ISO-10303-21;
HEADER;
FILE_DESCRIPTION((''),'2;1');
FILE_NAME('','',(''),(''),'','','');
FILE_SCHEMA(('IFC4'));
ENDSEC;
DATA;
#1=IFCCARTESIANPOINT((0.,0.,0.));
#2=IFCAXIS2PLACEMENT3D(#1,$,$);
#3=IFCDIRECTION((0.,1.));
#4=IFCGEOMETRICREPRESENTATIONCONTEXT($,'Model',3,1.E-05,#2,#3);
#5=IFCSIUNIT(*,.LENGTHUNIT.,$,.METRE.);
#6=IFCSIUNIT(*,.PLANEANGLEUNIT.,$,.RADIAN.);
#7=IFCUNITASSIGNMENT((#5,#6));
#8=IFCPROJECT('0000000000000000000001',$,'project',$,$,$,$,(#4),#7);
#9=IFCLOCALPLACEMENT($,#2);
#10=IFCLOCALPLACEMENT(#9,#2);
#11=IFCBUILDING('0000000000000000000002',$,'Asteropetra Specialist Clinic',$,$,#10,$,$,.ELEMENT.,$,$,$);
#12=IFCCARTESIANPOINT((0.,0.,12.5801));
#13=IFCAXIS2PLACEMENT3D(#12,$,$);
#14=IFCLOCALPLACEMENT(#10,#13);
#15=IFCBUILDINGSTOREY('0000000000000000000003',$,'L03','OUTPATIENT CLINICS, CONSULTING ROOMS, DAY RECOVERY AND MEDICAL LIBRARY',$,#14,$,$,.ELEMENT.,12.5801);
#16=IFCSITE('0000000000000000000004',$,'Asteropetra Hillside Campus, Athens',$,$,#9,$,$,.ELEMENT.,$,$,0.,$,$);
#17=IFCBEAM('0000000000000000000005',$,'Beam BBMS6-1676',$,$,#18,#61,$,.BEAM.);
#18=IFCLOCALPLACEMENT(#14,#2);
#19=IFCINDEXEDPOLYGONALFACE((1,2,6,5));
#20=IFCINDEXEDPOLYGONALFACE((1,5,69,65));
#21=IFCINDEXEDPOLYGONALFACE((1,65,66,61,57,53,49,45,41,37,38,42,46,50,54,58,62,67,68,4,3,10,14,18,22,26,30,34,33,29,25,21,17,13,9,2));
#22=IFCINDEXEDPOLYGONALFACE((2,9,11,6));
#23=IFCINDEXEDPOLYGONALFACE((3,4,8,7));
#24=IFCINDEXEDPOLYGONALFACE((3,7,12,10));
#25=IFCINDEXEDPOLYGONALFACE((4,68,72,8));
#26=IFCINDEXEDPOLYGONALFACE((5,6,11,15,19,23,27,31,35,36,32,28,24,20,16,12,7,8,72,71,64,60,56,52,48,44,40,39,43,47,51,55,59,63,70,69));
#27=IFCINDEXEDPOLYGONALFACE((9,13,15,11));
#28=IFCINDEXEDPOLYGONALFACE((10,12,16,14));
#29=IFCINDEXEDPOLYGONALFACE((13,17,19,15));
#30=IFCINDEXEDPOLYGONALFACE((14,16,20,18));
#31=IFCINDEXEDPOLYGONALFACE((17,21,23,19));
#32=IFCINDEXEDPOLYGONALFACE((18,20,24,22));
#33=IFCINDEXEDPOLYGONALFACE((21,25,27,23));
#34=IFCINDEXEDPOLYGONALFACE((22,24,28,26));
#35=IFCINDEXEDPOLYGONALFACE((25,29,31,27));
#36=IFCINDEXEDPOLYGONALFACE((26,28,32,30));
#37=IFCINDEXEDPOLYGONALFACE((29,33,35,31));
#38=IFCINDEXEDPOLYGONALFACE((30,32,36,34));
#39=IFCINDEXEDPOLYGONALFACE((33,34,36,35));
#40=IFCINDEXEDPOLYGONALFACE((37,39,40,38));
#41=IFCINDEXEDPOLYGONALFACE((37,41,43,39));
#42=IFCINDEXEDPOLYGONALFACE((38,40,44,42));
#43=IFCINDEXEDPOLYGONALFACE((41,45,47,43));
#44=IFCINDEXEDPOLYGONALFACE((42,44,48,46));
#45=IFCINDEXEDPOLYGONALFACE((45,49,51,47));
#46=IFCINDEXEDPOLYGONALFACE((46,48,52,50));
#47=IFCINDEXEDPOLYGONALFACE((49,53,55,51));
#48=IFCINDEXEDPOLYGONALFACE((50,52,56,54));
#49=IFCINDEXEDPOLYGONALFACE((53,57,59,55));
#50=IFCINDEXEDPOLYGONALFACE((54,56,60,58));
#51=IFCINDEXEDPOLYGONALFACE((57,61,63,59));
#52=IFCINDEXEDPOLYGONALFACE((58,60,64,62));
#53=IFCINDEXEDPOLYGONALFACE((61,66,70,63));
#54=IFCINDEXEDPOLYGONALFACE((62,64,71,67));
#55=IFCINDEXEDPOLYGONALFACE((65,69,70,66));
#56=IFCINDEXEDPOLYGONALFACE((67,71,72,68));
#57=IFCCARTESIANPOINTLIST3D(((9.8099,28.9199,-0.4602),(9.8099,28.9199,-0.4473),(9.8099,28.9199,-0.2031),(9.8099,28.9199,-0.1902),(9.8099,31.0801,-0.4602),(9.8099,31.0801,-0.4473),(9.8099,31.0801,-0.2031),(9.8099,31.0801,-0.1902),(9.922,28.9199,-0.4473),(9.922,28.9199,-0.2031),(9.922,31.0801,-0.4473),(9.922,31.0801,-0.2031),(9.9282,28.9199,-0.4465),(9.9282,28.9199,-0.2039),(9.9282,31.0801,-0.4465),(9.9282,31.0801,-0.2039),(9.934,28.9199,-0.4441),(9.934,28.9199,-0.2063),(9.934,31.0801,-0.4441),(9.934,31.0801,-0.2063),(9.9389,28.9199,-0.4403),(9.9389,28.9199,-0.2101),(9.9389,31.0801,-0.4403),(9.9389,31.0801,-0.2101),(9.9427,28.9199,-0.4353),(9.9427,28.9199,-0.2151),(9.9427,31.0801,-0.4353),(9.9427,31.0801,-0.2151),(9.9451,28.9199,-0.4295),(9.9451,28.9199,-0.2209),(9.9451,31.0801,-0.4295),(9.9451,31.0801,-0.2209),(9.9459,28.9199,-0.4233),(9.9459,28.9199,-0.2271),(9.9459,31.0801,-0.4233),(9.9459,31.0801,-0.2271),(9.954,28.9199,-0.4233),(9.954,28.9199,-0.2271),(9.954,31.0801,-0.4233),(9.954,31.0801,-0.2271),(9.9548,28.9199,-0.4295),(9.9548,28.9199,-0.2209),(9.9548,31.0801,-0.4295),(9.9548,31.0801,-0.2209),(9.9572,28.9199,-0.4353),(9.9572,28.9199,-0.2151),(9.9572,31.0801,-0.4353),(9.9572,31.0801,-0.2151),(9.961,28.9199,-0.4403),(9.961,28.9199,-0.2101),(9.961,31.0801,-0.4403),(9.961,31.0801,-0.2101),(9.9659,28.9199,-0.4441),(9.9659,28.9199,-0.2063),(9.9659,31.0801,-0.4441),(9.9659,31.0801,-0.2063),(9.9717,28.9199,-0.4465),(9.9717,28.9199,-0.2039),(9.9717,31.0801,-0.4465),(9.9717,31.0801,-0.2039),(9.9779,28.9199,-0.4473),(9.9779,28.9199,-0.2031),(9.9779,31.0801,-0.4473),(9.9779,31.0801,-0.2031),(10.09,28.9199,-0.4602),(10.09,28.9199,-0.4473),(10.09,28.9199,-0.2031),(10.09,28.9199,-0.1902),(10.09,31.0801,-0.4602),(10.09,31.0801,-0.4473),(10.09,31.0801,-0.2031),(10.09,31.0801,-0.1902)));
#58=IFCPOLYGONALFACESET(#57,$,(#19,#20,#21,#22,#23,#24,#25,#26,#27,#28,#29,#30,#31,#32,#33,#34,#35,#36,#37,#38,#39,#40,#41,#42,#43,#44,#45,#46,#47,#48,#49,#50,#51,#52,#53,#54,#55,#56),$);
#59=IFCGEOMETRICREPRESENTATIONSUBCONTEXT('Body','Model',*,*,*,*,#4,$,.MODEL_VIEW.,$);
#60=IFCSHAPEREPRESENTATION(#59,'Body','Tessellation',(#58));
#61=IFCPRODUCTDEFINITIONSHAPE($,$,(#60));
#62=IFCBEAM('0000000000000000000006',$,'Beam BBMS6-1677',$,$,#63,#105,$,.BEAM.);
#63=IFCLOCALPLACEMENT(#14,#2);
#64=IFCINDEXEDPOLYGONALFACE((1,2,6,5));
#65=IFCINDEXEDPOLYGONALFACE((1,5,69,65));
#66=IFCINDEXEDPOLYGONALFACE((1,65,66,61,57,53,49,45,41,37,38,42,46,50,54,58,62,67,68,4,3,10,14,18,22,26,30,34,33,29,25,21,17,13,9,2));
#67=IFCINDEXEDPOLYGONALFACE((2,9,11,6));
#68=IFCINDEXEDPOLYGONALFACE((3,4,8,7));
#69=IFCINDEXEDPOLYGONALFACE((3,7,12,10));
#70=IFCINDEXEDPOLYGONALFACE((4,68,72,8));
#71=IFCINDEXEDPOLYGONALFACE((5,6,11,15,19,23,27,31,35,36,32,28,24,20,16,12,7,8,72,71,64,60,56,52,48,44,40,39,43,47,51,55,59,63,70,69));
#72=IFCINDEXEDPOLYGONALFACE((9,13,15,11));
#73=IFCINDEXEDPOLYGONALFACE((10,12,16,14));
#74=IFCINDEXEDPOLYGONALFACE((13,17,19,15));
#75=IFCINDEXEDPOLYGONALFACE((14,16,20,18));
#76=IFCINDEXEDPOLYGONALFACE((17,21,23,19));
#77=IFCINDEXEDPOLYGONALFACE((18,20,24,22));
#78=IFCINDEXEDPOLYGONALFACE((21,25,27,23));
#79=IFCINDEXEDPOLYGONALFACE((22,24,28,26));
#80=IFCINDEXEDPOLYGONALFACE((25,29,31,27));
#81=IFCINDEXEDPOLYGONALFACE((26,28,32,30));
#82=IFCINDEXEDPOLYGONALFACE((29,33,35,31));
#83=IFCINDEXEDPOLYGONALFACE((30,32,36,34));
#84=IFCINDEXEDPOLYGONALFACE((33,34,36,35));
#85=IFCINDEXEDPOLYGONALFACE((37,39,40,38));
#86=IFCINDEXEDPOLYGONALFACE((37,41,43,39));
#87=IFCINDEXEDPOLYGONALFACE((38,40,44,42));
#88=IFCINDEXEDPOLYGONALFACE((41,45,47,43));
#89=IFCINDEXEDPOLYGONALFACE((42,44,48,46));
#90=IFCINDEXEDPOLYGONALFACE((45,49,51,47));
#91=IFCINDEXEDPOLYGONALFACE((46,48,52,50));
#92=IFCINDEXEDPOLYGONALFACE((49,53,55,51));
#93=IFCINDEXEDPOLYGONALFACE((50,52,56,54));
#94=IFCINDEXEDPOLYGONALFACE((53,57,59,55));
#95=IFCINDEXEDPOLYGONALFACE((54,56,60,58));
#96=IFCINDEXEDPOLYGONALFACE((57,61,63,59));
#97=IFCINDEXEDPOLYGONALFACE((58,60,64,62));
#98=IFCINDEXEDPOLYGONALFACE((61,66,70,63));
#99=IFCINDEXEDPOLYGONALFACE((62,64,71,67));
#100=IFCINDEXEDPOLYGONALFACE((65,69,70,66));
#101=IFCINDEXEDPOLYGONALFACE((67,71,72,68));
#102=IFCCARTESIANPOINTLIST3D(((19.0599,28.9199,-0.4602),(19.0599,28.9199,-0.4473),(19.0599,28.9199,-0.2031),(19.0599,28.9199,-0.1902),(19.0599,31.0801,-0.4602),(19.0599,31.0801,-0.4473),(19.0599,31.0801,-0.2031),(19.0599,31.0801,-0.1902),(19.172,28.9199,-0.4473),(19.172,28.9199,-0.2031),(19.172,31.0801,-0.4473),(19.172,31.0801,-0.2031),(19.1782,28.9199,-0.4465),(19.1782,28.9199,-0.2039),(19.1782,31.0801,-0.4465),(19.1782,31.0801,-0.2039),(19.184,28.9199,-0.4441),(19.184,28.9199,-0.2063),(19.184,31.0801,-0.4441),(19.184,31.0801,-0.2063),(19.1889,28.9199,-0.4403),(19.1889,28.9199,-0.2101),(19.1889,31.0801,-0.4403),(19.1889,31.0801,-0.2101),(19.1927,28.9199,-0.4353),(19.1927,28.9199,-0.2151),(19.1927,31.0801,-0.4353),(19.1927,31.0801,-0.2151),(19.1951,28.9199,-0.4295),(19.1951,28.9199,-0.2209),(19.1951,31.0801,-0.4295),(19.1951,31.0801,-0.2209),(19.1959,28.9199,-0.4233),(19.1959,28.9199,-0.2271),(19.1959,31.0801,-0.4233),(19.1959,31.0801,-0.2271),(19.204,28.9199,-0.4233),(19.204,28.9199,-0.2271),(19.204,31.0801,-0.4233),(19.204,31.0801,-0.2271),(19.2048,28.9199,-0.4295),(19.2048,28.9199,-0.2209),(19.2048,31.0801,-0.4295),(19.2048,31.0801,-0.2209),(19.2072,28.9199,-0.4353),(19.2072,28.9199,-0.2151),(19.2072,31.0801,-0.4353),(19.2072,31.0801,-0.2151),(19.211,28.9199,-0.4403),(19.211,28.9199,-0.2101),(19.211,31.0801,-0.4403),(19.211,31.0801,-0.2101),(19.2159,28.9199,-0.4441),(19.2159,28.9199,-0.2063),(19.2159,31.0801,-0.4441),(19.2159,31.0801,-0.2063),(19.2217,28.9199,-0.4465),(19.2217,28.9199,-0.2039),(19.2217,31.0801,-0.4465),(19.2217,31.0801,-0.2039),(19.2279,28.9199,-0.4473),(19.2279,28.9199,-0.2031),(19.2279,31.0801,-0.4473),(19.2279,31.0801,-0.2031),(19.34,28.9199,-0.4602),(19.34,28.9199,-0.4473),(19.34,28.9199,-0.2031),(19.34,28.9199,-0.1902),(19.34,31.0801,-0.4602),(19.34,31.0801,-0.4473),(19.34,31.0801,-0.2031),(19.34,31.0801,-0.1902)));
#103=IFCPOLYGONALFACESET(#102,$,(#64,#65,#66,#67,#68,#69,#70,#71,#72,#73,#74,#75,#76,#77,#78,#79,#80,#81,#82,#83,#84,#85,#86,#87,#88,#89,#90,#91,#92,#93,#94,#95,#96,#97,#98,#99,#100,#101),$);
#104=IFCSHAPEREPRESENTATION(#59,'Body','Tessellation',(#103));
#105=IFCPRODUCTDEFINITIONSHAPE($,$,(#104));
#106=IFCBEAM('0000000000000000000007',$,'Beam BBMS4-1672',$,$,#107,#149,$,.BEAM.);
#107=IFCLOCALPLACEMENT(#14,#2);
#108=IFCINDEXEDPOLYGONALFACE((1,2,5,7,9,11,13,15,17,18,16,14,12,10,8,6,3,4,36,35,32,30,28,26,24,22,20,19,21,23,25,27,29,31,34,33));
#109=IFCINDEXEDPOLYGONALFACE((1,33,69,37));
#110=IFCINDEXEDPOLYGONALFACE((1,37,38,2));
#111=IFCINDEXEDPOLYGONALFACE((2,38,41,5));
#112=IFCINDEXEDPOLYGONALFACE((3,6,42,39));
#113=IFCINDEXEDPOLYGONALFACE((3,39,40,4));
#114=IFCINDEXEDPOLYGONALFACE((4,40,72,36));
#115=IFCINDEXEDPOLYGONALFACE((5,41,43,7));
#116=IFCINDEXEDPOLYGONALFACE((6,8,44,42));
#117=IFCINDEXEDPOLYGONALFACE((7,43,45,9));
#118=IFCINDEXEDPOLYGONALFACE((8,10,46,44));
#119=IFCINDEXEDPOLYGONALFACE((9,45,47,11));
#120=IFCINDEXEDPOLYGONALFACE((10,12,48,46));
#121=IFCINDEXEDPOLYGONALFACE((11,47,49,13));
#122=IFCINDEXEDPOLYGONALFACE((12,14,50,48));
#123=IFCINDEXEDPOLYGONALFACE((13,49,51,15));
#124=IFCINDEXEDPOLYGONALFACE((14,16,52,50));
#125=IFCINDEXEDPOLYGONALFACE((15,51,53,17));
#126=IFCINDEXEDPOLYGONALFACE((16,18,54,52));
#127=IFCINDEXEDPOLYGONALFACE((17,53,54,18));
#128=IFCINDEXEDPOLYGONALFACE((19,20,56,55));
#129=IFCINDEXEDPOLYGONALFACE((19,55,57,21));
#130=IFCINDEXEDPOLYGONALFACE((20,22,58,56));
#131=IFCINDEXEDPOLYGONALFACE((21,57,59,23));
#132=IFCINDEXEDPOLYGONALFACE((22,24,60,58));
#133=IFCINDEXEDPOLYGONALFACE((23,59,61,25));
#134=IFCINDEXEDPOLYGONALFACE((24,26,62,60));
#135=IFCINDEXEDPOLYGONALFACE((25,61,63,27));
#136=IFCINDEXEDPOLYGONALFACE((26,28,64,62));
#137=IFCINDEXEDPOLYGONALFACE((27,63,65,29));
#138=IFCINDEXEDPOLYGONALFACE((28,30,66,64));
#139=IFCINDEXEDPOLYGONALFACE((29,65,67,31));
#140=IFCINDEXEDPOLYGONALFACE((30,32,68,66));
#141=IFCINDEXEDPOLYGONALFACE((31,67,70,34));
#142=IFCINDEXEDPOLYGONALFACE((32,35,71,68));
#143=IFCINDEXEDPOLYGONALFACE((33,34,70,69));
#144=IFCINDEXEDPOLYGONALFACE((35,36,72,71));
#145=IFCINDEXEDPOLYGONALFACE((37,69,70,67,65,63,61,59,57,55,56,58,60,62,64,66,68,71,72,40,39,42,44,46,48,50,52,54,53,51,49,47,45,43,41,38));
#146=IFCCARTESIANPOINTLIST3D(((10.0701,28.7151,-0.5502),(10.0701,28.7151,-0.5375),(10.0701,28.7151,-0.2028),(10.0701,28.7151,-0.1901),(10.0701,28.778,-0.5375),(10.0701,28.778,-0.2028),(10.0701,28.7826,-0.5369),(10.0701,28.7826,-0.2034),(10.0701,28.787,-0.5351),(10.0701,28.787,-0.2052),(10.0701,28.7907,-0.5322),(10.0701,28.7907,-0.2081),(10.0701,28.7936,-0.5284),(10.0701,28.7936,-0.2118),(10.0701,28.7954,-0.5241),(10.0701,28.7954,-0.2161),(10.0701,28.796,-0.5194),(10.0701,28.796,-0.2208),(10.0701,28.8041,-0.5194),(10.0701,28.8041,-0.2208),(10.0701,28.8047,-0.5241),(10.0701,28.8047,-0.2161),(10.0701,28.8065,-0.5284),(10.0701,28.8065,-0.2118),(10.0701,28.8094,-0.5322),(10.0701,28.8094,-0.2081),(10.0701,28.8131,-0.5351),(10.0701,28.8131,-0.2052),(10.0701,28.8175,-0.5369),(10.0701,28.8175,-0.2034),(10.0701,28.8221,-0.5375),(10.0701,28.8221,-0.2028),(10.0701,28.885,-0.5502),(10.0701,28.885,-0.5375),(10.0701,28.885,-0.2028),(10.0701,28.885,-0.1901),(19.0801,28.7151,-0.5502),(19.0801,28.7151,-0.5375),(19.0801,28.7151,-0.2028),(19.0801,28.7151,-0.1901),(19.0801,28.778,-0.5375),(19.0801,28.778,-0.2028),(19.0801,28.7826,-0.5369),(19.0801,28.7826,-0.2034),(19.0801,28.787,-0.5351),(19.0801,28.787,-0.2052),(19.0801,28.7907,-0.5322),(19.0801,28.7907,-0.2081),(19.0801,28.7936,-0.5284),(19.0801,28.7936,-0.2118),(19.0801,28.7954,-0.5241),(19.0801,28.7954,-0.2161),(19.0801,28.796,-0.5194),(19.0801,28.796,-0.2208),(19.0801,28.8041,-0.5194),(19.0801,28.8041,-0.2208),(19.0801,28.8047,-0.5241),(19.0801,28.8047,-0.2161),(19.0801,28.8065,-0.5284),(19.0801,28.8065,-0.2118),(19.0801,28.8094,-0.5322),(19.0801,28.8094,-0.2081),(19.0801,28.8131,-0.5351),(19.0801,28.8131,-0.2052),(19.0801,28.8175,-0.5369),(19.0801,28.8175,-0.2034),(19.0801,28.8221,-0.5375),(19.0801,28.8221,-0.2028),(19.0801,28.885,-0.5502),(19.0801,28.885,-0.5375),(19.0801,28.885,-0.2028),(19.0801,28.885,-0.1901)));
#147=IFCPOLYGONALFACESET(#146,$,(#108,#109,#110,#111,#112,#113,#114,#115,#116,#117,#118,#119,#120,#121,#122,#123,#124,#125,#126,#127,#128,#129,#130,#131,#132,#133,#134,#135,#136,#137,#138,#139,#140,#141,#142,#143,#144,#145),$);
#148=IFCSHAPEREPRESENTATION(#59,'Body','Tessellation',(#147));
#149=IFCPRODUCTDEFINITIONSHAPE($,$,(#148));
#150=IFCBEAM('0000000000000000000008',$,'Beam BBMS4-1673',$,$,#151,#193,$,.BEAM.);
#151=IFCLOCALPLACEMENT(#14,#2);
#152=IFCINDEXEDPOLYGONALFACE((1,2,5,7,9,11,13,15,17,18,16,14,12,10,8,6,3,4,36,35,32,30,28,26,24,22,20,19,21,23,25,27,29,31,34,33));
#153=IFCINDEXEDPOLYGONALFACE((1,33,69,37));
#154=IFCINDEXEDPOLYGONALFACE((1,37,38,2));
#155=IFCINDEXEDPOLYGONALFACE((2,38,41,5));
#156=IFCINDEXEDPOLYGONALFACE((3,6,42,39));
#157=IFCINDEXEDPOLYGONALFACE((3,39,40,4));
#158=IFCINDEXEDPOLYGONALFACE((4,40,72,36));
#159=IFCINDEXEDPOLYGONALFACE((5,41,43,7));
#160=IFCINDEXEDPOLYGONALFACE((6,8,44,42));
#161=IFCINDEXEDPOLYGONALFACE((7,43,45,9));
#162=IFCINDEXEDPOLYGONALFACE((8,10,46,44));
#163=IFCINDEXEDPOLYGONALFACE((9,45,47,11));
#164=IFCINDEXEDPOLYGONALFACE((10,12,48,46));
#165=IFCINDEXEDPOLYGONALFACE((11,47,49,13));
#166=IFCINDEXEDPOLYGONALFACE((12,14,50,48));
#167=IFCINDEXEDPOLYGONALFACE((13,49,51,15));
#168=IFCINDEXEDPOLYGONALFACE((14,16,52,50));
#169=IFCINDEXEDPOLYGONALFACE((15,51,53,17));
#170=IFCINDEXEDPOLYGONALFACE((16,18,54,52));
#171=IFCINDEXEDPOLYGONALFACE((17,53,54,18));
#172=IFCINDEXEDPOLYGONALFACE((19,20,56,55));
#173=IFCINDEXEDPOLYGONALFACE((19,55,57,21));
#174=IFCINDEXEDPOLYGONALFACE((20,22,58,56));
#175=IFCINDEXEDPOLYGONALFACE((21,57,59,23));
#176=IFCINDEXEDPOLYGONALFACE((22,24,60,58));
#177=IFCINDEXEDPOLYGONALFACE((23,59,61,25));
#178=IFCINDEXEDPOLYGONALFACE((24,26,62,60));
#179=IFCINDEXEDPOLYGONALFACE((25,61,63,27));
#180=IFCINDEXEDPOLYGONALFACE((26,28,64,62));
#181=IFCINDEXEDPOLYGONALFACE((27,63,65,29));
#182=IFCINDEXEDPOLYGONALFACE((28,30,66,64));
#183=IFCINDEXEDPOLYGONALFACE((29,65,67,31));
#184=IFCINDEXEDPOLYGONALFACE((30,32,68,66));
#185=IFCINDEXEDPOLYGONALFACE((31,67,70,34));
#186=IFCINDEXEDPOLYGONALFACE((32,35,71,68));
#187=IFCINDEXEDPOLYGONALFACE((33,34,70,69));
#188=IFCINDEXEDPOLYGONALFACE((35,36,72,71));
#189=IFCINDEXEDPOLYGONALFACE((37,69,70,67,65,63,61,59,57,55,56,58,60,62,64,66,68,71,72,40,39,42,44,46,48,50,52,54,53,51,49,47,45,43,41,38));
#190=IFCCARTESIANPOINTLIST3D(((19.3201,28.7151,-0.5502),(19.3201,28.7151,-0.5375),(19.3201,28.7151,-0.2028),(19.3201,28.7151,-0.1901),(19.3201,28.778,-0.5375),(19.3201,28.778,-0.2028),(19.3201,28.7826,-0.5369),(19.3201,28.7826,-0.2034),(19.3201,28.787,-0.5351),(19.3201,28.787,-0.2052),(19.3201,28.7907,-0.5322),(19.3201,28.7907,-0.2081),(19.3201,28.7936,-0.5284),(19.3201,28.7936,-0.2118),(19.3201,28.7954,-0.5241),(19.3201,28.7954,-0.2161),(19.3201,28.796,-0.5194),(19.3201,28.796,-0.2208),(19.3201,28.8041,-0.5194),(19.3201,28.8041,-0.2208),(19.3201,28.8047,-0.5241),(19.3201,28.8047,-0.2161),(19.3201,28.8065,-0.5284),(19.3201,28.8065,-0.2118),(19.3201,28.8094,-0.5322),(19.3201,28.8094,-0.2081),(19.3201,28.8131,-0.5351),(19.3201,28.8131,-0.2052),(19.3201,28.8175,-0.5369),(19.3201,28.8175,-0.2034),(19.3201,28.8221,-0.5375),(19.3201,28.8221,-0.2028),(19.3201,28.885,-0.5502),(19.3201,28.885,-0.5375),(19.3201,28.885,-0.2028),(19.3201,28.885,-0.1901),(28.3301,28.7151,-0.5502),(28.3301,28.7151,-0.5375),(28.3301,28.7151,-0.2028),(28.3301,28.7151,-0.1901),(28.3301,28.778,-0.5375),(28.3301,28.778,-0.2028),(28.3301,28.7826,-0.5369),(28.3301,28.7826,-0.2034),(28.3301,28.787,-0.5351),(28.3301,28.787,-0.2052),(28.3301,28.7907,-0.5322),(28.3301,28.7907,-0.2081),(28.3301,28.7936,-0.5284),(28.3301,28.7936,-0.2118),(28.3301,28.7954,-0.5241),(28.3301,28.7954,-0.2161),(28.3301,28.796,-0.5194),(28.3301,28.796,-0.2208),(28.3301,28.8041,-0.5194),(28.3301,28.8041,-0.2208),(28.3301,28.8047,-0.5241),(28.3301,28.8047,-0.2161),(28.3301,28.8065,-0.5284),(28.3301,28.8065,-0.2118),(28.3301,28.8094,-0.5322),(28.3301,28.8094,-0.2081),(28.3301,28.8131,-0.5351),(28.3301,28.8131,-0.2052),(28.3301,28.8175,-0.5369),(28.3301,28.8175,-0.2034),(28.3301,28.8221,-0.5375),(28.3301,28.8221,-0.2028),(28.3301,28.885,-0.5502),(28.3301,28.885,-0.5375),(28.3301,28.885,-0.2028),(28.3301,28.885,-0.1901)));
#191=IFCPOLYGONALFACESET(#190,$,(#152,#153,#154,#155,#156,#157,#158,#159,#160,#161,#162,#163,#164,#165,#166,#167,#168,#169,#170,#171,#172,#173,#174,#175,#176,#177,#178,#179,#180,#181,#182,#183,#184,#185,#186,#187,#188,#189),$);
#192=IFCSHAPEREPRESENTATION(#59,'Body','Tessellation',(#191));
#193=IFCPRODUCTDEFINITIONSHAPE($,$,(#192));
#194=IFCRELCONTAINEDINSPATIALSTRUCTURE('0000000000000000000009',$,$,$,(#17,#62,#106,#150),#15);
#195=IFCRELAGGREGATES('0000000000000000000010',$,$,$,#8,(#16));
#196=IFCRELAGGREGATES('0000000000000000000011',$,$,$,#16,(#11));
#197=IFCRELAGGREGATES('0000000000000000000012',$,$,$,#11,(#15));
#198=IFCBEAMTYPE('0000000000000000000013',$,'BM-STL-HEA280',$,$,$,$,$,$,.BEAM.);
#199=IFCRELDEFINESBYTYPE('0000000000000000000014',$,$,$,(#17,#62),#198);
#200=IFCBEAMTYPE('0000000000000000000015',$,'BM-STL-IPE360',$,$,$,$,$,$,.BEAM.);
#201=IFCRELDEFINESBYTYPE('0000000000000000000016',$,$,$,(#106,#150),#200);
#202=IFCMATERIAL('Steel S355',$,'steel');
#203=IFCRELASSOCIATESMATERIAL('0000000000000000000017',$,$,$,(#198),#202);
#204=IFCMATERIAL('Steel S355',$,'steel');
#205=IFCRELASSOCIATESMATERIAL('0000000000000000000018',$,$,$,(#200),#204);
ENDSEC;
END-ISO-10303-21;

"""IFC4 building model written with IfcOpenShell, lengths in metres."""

from ifc_helpers import new_model, si_unit, direction, frame, origin, origin_2d, place, context, subcontext, project, spatial, i_section, extrude, material, material_profile, profile_set, type_object, element, save


model = new_model("IFC4")

# Units and contexts
model_context = context("Model", 3, precision=1e-05, world=origin(), true_north=direction((0.0, 1.0)))
body_context = subcontext(model_context, "Body", "Model", "MODEL_VIEW")
ifc_project = project(units=[si_unit("LENGTHUNIT", "METRE"), si_unit("PLANEANGLEUNIT", "RADIAN")], contexts=[model_context])

# Site, building, storey
site_placement = place(None, origin())
site = spatial("IfcSite", under=ifc_project, at=site_placement, Name="Asteropetra Hillside Campus, Athens", CompositionType="ELEMENT", RefElevation=0.0)
building_placement = place(site_placement, origin())
building = spatial("IfcBuilding", under=site, at=building_placement, Name="Asteropetra Specialist Clinic", CompositionType="ELEMENT")
storey_placement = place(building_placement, frame((0.0, 0.0, 12.5801)))
storey = spatial("IfcBuildingStorey", under=building, at=storey_placement, Name="L03", Description="OUTPATIENT CLINICS, CONSULTING ROOMS, DAY RECOVERY AND MEDICAL LIBRARY", CompositionType="ELEMENT", Elevation=12.5801)

# Beams
ifc_material_1 = material(Name="Steel S355", Category="steel")
ifc_material_profile_1 = material_profile(ifc_material_1, i_section(OverallWidth=0.28, OverallDepth=0.27, WebThickness=0.0081, FlangeThickness=0.0129, FilletRadius=0.0239, at=origin_2d()), Name="HEA 280")
ifc_profile_set_1 = profile_set([ifc_material_profile_1], Name="Steel S355")
beam_type_1 = type_object("IfcBeamType", Name="BM-STL-HEA280", PredefinedType="BEAM", material=ifc_profile_set_1)
for number, where, z_axis, x_axis, name in (
    (1, (9.95, 28.9199, -0.3252), (0.0, 1.0, 0.0), (-1.0, 0.0, 0.0), "Beam BBMS6-1676"),
    (2, (19.2, 28.9199, -0.3252), (0.0, 1.0, 0.0), (-1.0, 0.0, 0.0), "Beam BBMS6-1677"),
):
    element("IfcBeam", number, at=place(storey_placement, frame(where, z_axis=z_axis, x_axis=x_axis)), inside=storey, type_object=beam_type_1, Name=name, PredefinedType="BEAM", context=body_context, shape_type="SweptSolid", body=[
        extrude(i_section(OverallWidth=0.28, OverallDepth=0.27, WebThickness=0.0081, FlangeThickness=0.0129, FilletRadius=0.0239, at=origin_2d()), origin(), (0.0, 0.0, 1.0), 2.1602),
    ])
ifc_material_2 = material(Name="Steel S355", Category="steel")
ifc_material_profile_2 = material_profile(ifc_material_2, i_section(OverallWidth=0.1699, OverallDepth=0.3601, WebThickness=0.0081, FlangeThickness=0.0127, FilletRadius=0.0181, at=origin_2d()), Name="IPE 360")
ifc_profile_set_2 = profile_set([ifc_material_profile_2], Name="Steel S355")
beam_type_2 = type_object("IfcBeamType", Name="BM-STL-IPE360", PredefinedType="BEAM", material=ifc_profile_set_2)
for number, where, z_axis, x_axis, name in (
    (3, (10.0701, 28.8, -0.3701), (1.0, 0.0, 0.0), (0.0, 1.0, 0.0), "Beam BBMS4-1672"),
    (4, (19.3201, 28.8, -0.3701), (1.0, 0.0, 0.0), (0.0, 1.0, 0.0), "Beam BBMS4-1673"),
):
    element("IfcBeam", number, at=place(storey_placement, frame(where, z_axis=z_axis, x_axis=x_axis)), inside=storey, type_object=beam_type_2, Name=name, PredefinedType="BEAM", context=body_context, shape_type="SweptSolid", body=[
        extrude(i_section(OverallWidth=0.1699, OverallDepth=0.3601, WebThickness=0.0081, FlangeThickness=0.0127, FilletRadius=0.0181, at=origin_2d()), origin(), (0.0, 0.0, 1.0), 9.01),
    ])

save(model, "model.ifc")
